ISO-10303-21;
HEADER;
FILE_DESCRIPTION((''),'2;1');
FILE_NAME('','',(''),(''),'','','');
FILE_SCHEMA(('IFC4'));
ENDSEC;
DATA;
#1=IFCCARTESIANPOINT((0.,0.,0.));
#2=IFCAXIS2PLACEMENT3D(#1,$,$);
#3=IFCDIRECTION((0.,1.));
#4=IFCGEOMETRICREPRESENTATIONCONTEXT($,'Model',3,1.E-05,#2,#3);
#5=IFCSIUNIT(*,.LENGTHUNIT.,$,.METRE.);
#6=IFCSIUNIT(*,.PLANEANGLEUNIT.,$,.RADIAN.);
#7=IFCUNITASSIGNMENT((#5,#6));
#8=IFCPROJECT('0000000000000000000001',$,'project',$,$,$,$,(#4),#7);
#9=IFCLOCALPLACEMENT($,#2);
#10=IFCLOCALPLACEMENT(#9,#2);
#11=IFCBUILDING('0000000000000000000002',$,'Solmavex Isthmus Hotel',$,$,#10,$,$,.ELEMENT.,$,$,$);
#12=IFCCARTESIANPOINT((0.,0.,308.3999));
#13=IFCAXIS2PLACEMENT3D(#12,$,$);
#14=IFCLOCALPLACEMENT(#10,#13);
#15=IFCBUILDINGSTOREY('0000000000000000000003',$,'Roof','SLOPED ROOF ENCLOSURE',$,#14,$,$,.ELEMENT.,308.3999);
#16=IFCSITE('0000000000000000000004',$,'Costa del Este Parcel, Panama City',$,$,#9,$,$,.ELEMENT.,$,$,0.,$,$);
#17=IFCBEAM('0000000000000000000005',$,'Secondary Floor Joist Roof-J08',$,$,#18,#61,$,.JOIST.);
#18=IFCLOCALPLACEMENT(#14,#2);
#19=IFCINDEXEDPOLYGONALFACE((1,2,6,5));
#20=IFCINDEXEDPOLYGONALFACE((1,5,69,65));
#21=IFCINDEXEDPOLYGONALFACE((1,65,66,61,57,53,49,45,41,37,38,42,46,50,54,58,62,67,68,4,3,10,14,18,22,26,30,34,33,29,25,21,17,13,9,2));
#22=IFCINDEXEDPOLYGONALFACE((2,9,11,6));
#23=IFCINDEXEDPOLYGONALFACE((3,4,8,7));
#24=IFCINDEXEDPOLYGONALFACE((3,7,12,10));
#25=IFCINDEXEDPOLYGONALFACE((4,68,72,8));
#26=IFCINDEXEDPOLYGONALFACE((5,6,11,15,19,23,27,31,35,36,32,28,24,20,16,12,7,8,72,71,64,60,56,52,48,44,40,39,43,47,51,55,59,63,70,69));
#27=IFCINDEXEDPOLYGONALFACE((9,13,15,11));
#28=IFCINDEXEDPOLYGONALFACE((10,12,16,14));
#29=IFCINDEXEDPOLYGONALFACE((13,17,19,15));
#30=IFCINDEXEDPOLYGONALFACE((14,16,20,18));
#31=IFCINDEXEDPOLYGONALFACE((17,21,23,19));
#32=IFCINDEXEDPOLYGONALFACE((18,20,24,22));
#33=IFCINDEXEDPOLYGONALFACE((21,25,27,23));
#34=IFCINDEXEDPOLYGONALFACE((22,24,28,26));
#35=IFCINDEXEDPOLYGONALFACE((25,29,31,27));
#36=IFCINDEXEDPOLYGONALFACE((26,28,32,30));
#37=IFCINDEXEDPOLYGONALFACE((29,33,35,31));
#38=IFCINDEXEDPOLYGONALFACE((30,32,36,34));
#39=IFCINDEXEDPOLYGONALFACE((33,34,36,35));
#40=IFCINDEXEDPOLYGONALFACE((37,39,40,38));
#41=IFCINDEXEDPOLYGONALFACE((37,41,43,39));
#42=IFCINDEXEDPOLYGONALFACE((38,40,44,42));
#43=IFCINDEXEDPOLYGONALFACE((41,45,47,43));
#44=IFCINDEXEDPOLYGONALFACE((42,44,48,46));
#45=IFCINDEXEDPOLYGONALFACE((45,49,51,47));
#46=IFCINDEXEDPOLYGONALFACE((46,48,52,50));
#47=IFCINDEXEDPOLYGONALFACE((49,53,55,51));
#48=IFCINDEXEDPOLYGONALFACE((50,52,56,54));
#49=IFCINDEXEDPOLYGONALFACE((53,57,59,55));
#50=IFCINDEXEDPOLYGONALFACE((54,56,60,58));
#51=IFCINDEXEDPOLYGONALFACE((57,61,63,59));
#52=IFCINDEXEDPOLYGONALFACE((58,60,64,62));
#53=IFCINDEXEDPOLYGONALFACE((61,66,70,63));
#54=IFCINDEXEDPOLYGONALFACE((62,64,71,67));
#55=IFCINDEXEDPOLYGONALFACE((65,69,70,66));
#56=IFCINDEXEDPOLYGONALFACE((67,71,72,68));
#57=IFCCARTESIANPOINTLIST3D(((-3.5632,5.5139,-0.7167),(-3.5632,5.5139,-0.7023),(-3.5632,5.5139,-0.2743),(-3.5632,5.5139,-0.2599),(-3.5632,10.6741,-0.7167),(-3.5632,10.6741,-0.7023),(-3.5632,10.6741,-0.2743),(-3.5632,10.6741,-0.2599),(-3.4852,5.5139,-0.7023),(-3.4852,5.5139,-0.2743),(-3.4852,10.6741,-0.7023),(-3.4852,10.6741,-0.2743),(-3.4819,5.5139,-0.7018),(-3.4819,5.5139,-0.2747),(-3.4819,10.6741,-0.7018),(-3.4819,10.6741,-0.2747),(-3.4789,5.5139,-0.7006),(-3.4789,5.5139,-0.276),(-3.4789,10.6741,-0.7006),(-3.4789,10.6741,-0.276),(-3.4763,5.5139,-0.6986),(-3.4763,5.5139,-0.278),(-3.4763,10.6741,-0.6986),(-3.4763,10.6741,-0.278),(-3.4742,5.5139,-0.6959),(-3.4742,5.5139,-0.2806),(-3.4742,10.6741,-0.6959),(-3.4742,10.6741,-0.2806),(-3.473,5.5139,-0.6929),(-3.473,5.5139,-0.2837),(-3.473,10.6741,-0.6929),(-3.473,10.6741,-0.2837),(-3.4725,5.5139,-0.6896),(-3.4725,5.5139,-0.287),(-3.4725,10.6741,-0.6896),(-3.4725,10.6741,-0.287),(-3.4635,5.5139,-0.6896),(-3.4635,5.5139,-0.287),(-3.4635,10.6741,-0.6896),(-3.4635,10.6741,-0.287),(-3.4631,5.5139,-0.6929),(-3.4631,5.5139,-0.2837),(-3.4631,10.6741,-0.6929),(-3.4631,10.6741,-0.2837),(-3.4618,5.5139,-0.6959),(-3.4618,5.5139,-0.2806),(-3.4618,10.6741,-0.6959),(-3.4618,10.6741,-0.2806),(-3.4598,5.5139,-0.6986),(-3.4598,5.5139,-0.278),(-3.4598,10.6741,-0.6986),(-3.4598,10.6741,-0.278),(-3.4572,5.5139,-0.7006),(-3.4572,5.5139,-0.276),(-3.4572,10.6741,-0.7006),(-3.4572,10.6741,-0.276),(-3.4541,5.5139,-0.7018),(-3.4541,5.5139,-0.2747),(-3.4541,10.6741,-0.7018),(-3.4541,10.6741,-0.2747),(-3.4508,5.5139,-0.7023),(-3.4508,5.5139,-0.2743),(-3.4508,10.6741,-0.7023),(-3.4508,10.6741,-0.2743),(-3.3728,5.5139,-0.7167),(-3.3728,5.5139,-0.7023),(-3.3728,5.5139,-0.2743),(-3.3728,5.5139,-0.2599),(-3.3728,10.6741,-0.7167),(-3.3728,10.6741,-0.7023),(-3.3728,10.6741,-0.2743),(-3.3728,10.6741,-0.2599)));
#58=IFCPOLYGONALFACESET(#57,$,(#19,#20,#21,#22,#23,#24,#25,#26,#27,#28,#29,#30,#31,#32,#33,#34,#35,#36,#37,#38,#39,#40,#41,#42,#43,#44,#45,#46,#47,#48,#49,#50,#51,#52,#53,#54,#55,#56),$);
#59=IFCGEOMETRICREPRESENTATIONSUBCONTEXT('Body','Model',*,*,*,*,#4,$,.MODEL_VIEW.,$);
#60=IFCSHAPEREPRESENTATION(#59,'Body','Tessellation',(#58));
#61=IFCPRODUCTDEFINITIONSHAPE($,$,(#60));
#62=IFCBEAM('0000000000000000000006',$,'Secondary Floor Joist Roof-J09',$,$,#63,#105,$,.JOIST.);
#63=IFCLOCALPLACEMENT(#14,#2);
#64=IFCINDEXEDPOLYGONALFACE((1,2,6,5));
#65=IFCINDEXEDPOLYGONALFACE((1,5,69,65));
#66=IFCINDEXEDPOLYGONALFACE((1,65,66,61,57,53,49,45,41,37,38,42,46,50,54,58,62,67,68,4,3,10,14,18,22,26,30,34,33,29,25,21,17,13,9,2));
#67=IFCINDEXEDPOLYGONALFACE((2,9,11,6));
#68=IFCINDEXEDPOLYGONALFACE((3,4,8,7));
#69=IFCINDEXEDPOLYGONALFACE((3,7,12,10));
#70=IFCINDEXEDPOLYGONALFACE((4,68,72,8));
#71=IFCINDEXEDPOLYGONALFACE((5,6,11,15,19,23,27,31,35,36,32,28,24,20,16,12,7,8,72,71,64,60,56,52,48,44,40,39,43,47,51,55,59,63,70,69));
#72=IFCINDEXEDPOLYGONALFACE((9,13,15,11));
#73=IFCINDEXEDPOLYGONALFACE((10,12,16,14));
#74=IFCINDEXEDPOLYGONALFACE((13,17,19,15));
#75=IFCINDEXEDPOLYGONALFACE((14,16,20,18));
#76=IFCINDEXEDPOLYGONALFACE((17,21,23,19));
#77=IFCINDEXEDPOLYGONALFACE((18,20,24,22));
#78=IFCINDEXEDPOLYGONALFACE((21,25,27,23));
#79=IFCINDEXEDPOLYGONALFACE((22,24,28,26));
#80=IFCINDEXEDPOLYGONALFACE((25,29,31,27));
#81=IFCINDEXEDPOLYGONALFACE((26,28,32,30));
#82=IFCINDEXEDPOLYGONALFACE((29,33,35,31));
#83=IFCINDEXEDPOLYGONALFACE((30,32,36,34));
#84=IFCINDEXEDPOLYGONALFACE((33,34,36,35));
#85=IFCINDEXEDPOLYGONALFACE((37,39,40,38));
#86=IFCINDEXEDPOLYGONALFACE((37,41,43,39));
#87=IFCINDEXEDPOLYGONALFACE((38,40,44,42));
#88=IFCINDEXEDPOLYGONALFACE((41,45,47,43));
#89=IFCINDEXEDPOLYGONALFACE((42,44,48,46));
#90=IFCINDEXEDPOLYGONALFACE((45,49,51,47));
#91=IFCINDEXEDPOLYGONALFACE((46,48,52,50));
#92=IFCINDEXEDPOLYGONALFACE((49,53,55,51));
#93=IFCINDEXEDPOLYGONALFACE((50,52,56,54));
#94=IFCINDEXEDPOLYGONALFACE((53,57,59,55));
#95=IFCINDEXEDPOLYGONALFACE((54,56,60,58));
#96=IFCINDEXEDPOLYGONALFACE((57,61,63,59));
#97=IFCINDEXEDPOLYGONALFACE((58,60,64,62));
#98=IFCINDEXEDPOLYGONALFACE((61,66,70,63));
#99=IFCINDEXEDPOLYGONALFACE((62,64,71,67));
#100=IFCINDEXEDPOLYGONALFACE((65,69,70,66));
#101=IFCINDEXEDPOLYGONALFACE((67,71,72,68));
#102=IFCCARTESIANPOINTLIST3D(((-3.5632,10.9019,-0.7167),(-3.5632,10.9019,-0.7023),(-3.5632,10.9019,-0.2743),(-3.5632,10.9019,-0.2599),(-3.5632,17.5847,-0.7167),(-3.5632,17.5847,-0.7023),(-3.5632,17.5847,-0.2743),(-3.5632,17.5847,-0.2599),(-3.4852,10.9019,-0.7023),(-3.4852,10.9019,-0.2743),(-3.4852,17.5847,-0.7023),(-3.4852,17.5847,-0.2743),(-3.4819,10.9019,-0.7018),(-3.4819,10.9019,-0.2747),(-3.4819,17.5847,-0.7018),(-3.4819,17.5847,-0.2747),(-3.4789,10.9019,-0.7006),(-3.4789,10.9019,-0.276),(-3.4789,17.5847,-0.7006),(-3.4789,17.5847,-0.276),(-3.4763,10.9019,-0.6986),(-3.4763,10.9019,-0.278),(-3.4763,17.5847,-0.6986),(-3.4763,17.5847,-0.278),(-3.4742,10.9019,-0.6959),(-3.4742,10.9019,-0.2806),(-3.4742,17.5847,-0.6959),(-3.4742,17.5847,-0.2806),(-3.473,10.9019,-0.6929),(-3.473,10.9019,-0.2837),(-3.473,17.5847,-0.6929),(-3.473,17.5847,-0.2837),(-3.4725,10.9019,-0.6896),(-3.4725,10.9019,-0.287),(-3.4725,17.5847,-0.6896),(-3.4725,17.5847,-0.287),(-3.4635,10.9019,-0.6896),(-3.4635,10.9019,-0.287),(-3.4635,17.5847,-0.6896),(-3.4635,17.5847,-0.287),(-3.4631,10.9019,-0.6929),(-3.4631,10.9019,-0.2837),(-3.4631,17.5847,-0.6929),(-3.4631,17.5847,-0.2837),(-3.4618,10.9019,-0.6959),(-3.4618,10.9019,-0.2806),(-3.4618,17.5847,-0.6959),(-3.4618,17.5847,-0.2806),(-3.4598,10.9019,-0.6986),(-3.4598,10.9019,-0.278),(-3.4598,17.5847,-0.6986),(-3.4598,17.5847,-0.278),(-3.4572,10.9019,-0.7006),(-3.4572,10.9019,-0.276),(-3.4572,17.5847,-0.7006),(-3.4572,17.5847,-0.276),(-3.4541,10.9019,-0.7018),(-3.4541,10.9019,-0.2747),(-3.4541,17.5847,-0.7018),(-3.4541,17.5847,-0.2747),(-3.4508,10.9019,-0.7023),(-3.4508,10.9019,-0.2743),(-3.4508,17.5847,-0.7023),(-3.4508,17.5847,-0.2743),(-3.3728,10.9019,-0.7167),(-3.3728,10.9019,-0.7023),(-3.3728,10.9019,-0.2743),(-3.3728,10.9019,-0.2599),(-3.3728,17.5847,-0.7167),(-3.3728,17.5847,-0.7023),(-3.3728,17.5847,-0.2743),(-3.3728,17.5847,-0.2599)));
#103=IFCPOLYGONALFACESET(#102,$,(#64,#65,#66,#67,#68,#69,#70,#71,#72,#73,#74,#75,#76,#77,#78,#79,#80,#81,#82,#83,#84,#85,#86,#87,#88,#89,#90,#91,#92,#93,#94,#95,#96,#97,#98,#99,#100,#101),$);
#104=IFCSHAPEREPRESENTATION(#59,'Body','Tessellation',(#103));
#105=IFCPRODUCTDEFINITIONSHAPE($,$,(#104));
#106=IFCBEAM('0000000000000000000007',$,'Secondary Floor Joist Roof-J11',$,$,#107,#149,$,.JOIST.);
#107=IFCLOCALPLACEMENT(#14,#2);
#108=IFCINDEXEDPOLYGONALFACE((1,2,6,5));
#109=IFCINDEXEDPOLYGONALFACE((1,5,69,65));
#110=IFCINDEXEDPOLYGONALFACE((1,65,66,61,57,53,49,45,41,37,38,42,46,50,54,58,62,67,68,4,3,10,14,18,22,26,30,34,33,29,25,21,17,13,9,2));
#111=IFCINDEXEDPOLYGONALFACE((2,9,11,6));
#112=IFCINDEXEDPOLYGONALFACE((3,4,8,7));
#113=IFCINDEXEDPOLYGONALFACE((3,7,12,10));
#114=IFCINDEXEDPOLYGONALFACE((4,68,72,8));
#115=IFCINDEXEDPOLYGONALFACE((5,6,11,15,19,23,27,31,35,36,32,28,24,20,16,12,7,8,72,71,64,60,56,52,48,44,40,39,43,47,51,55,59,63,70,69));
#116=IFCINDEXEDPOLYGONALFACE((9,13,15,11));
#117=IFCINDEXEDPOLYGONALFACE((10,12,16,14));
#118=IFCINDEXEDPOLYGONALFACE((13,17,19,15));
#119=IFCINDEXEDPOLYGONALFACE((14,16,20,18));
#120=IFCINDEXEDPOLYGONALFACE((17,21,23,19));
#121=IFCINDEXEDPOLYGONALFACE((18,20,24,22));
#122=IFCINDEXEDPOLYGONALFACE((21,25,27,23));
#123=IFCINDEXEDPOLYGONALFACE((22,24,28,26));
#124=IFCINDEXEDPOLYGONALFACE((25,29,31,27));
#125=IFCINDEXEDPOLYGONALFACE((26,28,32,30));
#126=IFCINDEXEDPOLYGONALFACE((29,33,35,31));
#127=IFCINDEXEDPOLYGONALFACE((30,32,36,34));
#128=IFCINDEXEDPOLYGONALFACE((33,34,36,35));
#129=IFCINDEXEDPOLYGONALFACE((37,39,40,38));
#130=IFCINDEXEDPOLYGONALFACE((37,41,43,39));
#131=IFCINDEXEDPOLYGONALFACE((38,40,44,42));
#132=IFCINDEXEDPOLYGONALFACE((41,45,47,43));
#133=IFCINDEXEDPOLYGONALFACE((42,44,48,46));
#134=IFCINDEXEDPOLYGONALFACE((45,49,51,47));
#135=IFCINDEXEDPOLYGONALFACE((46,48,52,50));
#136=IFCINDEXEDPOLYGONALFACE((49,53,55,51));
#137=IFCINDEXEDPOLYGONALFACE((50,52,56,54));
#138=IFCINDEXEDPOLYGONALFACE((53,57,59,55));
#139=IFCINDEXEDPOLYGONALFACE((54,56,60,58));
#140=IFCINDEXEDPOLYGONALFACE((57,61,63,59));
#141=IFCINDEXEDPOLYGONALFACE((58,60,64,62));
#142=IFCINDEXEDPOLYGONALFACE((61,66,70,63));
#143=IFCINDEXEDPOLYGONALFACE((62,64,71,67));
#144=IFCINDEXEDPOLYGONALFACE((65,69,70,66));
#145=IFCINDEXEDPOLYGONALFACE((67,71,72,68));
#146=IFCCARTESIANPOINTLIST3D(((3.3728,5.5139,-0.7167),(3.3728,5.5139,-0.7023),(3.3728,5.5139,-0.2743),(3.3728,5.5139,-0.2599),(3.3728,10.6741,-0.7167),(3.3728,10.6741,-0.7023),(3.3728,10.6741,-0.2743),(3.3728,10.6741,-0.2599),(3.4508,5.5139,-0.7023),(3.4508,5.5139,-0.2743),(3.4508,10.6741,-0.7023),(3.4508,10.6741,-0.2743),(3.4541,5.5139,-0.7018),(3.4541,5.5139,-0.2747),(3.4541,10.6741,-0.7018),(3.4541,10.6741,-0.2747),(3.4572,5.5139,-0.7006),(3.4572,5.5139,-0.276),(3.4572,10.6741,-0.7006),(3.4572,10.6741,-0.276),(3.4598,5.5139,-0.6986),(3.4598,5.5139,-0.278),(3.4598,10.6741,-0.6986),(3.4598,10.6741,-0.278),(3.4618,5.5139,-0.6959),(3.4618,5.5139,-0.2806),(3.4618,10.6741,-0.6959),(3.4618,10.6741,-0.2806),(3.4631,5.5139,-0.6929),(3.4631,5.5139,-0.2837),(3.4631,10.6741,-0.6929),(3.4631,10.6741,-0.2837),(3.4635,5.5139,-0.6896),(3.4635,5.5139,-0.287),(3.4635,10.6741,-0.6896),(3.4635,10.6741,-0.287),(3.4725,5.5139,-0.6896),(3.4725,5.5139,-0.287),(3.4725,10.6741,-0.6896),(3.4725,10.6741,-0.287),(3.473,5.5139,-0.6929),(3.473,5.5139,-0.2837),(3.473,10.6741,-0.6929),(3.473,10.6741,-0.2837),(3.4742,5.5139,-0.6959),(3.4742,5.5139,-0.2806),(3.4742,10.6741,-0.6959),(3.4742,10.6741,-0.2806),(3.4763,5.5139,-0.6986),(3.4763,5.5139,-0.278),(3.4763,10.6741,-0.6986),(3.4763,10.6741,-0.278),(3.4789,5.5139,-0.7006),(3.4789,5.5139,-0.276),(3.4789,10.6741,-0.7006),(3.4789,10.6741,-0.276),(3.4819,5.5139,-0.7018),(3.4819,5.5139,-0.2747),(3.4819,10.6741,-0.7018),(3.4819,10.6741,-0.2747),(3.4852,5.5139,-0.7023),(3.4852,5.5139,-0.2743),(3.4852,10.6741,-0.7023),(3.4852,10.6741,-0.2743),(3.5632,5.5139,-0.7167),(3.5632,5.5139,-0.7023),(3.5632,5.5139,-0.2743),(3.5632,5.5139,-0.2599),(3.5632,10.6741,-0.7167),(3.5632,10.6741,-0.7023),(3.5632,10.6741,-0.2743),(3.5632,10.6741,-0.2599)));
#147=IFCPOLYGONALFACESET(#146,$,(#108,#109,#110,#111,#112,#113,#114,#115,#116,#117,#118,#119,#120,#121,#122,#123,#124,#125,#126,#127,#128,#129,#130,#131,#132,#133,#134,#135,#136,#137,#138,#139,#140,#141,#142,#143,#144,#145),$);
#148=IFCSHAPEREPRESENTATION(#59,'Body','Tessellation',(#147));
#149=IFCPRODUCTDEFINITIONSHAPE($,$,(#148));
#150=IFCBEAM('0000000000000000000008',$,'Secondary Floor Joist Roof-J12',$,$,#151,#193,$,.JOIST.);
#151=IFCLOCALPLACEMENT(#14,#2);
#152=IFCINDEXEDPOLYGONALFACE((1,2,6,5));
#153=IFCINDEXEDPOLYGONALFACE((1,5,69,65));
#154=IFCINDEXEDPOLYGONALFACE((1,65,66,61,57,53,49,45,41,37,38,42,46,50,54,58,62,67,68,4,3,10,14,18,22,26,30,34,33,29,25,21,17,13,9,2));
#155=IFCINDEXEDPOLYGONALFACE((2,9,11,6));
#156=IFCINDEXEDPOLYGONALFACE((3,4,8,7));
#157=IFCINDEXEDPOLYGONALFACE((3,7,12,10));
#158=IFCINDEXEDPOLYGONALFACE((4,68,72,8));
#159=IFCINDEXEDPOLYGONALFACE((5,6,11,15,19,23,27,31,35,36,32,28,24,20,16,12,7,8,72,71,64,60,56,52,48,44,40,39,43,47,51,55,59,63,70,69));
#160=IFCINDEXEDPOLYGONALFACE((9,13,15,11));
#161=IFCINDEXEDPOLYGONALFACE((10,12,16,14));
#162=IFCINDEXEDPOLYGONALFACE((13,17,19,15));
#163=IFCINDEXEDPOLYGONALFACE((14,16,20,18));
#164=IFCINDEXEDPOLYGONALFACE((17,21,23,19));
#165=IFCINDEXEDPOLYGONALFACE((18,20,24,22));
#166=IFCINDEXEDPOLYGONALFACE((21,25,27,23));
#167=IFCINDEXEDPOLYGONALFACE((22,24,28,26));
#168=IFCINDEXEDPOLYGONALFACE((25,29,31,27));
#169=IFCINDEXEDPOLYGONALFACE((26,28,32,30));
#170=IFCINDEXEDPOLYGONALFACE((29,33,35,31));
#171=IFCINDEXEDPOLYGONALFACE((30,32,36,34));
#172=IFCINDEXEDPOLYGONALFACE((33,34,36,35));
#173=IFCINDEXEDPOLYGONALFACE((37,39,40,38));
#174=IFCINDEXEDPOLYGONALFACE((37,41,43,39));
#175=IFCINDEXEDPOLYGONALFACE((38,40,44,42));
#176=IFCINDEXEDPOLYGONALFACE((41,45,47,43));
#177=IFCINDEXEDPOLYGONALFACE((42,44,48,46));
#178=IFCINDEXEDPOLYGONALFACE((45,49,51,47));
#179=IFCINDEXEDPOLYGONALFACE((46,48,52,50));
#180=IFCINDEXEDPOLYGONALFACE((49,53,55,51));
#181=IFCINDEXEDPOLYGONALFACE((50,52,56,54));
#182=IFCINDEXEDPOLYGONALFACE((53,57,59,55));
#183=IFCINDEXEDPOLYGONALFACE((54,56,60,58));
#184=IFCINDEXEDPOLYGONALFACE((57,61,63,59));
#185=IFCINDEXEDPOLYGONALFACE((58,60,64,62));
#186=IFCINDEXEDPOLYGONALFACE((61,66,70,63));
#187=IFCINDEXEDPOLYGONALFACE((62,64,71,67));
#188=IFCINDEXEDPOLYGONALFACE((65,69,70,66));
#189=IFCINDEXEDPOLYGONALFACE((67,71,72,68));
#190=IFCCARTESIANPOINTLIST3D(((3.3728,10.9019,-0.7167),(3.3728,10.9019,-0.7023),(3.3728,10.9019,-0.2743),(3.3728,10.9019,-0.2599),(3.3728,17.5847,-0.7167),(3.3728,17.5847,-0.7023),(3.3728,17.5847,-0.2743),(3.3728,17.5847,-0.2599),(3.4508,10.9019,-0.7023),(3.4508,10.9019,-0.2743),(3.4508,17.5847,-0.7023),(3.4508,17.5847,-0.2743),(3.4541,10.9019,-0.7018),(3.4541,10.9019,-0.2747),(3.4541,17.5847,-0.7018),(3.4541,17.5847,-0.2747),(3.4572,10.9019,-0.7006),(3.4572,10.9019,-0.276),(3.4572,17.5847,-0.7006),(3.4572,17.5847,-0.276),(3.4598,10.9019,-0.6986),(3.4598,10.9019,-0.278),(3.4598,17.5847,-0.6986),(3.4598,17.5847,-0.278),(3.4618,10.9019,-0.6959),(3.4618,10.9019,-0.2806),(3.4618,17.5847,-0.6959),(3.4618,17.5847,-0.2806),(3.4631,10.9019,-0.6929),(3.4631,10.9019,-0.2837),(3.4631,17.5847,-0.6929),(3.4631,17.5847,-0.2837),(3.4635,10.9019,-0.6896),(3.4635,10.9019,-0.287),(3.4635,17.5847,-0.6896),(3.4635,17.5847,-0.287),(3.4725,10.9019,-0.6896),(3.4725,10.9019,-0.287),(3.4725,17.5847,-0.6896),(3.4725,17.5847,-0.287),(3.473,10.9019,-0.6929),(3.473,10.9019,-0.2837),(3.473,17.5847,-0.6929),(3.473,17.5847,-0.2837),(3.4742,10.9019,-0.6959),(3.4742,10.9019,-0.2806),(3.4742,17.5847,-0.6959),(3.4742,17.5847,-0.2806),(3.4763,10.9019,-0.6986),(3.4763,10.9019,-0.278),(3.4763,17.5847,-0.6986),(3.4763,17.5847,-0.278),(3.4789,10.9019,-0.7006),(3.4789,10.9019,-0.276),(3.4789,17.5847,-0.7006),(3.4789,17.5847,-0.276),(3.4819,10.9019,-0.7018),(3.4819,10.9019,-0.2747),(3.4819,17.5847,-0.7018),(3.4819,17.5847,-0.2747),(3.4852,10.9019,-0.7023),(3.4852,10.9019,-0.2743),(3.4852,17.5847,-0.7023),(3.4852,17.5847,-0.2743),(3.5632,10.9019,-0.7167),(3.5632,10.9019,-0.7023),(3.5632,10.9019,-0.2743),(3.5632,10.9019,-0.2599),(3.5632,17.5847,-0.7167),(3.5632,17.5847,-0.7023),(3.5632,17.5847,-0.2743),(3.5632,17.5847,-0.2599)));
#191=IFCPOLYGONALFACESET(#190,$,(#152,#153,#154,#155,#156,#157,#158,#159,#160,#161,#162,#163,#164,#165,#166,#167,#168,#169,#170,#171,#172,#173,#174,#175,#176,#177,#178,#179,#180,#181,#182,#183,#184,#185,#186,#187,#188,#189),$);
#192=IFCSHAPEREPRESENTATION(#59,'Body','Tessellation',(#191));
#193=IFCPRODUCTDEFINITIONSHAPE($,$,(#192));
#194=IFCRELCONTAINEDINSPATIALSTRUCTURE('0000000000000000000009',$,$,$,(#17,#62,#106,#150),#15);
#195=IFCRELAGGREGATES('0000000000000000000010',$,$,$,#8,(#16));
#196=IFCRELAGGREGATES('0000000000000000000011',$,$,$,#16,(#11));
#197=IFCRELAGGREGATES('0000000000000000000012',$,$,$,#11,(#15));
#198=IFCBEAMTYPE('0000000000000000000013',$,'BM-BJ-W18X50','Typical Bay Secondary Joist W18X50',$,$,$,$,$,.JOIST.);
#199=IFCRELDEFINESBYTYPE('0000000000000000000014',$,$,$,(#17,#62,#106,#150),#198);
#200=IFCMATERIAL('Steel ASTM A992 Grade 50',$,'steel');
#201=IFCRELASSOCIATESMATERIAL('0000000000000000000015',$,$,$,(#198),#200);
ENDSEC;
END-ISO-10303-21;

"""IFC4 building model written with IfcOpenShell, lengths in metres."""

from ifc_helpers import new_model, si_unit, direction, frame, origin, origin_2d, place, context, subcontext, project, spatial, i_section, extrude, material, material_profile, profile_set, type_object, element, save


model = new_model("IFC4")

# Units and contexts
model_context = context("Model", 3, precision=1e-05, world=origin(), true_north=direction((0.0, 1.0)))
body_context = subcontext(model_context, "Body", "Model", "MODEL_VIEW")
ifc_project = project(units=[si_unit("LENGTHUNIT", "METRE"), si_unit("PLANEANGLEUNIT", "RADIAN")], contexts=[model_context])

# Site, building, storey
site_placement = place(None, origin())
site = spatial("IfcSite", under=ifc_project, at=site_placement, Name="Costa del Este Parcel, Panama City", CompositionType="ELEMENT", RefElevation=0.0)
building_placement = place(site_placement, origin())
building = spatial("IfcBuilding", under=site, at=building_placement, Name="Solmavex Isthmus Hotel", CompositionType="ELEMENT")
storey_placement = place(building_placement, frame((0.0, 0.0, 308.3999)))
storey = spatial("IfcBuildingStorey", under=building, at=storey_placement, Name="Roof", Description="SLOPED ROOF ENCLOSURE", CompositionType="ELEMENT", Elevation=308.3999)

# Beams
ifc_material_1 = material(Name="Steel ASTM A992 Grade 50", Category="steel")
ifc_material_profile_1 = material_profile(ifc_material_1, i_section(OverallWidth=0.1904, OverallDepth=0.4568, WebThickness=0.009, FlangeThickness=0.0144, FilletRadius=0.0127, at=origin_2d()), Name="W18X50")
ifc_profile_set_1 = profile_set([ifc_material_profile_1], Name="Steel ASTM A992 Grade 50")
beam_type_1 = type_object("IfcBeamType", Name="BM-BJ-W18X50", Description="Typical Bay Secondary Joist W18X50", PredefinedType="JOIST", material=ifc_profile_set_1)
beam_1_placement = place(storey_placement, frame((-3.468, 5.5139, -0.4883), z_axis=(0.0, 1.0, 0.0), x_axis=(-1.0, 0.0, 0.0)))
element("IfcBeam", 1, at=beam_1_placement, inside=storey, type_object=beam_type_1, Name="Secondary Floor Joist Roof-J08", PredefinedType="JOIST", context=body_context, shape_type="SweptSolid", body=[
    extrude(i_section(OverallWidth=0.1904, OverallDepth=0.4568, WebThickness=0.009, FlangeThickness=0.0144, FilletRadius=0.0127, at=origin_2d()), origin(), (0.0, 0.0, 1.0), 5.1602),
])
beam_2_placement = place(storey_placement, frame((-3.468, 10.9019, -0.4883), z_axis=(0.0, 1.0, 0.0), x_axis=(-1.0, 0.0, 0.0)))
element("IfcBeam", 2, at=beam_2_placement, inside=storey, type_object=beam_type_1, Name="Secondary Floor Joist Roof-J09", PredefinedType="JOIST", context=body_context, shape_type="SweptSolid", body=[
    extrude(i_section(OverallWidth=0.1904, OverallDepth=0.4568, WebThickness=0.009, FlangeThickness=0.0144, FilletRadius=0.0127, at=origin_2d()), origin(), (0.0, 0.0, 1.0), 6.6829),
])
beam_3_placement = place(storey_placement, frame((3.468, 5.5139, -0.4883), z_axis=(0.0, 1.0, 0.0), x_axis=(-1.0, 0.0, 0.0)))
element("IfcBeam", 3, at=beam_3_placement, inside=storey, type_object=beam_type_1, Name="Secondary Floor Joist Roof-J11", PredefinedType="JOIST", context=body_context, shape_type="SweptSolid", body=[
    extrude(i_section(OverallWidth=0.1904, OverallDepth=0.4568, WebThickness=0.009, FlangeThickness=0.0144, FilletRadius=0.0127, at=origin_2d()), origin(), (0.0, 0.0, 1.0), 5.1602),
])
beam_4_placement = place(storey_placement, frame((3.468, 10.9019, -0.4883), z_axis=(0.0, 1.0, 0.0), x_axis=(-1.0, 0.0, 0.0)))
element("IfcBeam", 4, at=beam_4_placement, inside=storey, type_object=beam_type_1, Name="Secondary Floor Joist Roof-J12", PredefinedType="JOIST", context=body_context, shape_type="SweptSolid", body=[
    extrude(i_section(OverallWidth=0.1904, OverallDepth=0.4568, WebThickness=0.009, FlangeThickness=0.0144, FilletRadius=0.0127, at=origin_2d()), origin(), (0.0, 0.0, 1.0), 6.6829),
])

save(model, "model.ifc")
